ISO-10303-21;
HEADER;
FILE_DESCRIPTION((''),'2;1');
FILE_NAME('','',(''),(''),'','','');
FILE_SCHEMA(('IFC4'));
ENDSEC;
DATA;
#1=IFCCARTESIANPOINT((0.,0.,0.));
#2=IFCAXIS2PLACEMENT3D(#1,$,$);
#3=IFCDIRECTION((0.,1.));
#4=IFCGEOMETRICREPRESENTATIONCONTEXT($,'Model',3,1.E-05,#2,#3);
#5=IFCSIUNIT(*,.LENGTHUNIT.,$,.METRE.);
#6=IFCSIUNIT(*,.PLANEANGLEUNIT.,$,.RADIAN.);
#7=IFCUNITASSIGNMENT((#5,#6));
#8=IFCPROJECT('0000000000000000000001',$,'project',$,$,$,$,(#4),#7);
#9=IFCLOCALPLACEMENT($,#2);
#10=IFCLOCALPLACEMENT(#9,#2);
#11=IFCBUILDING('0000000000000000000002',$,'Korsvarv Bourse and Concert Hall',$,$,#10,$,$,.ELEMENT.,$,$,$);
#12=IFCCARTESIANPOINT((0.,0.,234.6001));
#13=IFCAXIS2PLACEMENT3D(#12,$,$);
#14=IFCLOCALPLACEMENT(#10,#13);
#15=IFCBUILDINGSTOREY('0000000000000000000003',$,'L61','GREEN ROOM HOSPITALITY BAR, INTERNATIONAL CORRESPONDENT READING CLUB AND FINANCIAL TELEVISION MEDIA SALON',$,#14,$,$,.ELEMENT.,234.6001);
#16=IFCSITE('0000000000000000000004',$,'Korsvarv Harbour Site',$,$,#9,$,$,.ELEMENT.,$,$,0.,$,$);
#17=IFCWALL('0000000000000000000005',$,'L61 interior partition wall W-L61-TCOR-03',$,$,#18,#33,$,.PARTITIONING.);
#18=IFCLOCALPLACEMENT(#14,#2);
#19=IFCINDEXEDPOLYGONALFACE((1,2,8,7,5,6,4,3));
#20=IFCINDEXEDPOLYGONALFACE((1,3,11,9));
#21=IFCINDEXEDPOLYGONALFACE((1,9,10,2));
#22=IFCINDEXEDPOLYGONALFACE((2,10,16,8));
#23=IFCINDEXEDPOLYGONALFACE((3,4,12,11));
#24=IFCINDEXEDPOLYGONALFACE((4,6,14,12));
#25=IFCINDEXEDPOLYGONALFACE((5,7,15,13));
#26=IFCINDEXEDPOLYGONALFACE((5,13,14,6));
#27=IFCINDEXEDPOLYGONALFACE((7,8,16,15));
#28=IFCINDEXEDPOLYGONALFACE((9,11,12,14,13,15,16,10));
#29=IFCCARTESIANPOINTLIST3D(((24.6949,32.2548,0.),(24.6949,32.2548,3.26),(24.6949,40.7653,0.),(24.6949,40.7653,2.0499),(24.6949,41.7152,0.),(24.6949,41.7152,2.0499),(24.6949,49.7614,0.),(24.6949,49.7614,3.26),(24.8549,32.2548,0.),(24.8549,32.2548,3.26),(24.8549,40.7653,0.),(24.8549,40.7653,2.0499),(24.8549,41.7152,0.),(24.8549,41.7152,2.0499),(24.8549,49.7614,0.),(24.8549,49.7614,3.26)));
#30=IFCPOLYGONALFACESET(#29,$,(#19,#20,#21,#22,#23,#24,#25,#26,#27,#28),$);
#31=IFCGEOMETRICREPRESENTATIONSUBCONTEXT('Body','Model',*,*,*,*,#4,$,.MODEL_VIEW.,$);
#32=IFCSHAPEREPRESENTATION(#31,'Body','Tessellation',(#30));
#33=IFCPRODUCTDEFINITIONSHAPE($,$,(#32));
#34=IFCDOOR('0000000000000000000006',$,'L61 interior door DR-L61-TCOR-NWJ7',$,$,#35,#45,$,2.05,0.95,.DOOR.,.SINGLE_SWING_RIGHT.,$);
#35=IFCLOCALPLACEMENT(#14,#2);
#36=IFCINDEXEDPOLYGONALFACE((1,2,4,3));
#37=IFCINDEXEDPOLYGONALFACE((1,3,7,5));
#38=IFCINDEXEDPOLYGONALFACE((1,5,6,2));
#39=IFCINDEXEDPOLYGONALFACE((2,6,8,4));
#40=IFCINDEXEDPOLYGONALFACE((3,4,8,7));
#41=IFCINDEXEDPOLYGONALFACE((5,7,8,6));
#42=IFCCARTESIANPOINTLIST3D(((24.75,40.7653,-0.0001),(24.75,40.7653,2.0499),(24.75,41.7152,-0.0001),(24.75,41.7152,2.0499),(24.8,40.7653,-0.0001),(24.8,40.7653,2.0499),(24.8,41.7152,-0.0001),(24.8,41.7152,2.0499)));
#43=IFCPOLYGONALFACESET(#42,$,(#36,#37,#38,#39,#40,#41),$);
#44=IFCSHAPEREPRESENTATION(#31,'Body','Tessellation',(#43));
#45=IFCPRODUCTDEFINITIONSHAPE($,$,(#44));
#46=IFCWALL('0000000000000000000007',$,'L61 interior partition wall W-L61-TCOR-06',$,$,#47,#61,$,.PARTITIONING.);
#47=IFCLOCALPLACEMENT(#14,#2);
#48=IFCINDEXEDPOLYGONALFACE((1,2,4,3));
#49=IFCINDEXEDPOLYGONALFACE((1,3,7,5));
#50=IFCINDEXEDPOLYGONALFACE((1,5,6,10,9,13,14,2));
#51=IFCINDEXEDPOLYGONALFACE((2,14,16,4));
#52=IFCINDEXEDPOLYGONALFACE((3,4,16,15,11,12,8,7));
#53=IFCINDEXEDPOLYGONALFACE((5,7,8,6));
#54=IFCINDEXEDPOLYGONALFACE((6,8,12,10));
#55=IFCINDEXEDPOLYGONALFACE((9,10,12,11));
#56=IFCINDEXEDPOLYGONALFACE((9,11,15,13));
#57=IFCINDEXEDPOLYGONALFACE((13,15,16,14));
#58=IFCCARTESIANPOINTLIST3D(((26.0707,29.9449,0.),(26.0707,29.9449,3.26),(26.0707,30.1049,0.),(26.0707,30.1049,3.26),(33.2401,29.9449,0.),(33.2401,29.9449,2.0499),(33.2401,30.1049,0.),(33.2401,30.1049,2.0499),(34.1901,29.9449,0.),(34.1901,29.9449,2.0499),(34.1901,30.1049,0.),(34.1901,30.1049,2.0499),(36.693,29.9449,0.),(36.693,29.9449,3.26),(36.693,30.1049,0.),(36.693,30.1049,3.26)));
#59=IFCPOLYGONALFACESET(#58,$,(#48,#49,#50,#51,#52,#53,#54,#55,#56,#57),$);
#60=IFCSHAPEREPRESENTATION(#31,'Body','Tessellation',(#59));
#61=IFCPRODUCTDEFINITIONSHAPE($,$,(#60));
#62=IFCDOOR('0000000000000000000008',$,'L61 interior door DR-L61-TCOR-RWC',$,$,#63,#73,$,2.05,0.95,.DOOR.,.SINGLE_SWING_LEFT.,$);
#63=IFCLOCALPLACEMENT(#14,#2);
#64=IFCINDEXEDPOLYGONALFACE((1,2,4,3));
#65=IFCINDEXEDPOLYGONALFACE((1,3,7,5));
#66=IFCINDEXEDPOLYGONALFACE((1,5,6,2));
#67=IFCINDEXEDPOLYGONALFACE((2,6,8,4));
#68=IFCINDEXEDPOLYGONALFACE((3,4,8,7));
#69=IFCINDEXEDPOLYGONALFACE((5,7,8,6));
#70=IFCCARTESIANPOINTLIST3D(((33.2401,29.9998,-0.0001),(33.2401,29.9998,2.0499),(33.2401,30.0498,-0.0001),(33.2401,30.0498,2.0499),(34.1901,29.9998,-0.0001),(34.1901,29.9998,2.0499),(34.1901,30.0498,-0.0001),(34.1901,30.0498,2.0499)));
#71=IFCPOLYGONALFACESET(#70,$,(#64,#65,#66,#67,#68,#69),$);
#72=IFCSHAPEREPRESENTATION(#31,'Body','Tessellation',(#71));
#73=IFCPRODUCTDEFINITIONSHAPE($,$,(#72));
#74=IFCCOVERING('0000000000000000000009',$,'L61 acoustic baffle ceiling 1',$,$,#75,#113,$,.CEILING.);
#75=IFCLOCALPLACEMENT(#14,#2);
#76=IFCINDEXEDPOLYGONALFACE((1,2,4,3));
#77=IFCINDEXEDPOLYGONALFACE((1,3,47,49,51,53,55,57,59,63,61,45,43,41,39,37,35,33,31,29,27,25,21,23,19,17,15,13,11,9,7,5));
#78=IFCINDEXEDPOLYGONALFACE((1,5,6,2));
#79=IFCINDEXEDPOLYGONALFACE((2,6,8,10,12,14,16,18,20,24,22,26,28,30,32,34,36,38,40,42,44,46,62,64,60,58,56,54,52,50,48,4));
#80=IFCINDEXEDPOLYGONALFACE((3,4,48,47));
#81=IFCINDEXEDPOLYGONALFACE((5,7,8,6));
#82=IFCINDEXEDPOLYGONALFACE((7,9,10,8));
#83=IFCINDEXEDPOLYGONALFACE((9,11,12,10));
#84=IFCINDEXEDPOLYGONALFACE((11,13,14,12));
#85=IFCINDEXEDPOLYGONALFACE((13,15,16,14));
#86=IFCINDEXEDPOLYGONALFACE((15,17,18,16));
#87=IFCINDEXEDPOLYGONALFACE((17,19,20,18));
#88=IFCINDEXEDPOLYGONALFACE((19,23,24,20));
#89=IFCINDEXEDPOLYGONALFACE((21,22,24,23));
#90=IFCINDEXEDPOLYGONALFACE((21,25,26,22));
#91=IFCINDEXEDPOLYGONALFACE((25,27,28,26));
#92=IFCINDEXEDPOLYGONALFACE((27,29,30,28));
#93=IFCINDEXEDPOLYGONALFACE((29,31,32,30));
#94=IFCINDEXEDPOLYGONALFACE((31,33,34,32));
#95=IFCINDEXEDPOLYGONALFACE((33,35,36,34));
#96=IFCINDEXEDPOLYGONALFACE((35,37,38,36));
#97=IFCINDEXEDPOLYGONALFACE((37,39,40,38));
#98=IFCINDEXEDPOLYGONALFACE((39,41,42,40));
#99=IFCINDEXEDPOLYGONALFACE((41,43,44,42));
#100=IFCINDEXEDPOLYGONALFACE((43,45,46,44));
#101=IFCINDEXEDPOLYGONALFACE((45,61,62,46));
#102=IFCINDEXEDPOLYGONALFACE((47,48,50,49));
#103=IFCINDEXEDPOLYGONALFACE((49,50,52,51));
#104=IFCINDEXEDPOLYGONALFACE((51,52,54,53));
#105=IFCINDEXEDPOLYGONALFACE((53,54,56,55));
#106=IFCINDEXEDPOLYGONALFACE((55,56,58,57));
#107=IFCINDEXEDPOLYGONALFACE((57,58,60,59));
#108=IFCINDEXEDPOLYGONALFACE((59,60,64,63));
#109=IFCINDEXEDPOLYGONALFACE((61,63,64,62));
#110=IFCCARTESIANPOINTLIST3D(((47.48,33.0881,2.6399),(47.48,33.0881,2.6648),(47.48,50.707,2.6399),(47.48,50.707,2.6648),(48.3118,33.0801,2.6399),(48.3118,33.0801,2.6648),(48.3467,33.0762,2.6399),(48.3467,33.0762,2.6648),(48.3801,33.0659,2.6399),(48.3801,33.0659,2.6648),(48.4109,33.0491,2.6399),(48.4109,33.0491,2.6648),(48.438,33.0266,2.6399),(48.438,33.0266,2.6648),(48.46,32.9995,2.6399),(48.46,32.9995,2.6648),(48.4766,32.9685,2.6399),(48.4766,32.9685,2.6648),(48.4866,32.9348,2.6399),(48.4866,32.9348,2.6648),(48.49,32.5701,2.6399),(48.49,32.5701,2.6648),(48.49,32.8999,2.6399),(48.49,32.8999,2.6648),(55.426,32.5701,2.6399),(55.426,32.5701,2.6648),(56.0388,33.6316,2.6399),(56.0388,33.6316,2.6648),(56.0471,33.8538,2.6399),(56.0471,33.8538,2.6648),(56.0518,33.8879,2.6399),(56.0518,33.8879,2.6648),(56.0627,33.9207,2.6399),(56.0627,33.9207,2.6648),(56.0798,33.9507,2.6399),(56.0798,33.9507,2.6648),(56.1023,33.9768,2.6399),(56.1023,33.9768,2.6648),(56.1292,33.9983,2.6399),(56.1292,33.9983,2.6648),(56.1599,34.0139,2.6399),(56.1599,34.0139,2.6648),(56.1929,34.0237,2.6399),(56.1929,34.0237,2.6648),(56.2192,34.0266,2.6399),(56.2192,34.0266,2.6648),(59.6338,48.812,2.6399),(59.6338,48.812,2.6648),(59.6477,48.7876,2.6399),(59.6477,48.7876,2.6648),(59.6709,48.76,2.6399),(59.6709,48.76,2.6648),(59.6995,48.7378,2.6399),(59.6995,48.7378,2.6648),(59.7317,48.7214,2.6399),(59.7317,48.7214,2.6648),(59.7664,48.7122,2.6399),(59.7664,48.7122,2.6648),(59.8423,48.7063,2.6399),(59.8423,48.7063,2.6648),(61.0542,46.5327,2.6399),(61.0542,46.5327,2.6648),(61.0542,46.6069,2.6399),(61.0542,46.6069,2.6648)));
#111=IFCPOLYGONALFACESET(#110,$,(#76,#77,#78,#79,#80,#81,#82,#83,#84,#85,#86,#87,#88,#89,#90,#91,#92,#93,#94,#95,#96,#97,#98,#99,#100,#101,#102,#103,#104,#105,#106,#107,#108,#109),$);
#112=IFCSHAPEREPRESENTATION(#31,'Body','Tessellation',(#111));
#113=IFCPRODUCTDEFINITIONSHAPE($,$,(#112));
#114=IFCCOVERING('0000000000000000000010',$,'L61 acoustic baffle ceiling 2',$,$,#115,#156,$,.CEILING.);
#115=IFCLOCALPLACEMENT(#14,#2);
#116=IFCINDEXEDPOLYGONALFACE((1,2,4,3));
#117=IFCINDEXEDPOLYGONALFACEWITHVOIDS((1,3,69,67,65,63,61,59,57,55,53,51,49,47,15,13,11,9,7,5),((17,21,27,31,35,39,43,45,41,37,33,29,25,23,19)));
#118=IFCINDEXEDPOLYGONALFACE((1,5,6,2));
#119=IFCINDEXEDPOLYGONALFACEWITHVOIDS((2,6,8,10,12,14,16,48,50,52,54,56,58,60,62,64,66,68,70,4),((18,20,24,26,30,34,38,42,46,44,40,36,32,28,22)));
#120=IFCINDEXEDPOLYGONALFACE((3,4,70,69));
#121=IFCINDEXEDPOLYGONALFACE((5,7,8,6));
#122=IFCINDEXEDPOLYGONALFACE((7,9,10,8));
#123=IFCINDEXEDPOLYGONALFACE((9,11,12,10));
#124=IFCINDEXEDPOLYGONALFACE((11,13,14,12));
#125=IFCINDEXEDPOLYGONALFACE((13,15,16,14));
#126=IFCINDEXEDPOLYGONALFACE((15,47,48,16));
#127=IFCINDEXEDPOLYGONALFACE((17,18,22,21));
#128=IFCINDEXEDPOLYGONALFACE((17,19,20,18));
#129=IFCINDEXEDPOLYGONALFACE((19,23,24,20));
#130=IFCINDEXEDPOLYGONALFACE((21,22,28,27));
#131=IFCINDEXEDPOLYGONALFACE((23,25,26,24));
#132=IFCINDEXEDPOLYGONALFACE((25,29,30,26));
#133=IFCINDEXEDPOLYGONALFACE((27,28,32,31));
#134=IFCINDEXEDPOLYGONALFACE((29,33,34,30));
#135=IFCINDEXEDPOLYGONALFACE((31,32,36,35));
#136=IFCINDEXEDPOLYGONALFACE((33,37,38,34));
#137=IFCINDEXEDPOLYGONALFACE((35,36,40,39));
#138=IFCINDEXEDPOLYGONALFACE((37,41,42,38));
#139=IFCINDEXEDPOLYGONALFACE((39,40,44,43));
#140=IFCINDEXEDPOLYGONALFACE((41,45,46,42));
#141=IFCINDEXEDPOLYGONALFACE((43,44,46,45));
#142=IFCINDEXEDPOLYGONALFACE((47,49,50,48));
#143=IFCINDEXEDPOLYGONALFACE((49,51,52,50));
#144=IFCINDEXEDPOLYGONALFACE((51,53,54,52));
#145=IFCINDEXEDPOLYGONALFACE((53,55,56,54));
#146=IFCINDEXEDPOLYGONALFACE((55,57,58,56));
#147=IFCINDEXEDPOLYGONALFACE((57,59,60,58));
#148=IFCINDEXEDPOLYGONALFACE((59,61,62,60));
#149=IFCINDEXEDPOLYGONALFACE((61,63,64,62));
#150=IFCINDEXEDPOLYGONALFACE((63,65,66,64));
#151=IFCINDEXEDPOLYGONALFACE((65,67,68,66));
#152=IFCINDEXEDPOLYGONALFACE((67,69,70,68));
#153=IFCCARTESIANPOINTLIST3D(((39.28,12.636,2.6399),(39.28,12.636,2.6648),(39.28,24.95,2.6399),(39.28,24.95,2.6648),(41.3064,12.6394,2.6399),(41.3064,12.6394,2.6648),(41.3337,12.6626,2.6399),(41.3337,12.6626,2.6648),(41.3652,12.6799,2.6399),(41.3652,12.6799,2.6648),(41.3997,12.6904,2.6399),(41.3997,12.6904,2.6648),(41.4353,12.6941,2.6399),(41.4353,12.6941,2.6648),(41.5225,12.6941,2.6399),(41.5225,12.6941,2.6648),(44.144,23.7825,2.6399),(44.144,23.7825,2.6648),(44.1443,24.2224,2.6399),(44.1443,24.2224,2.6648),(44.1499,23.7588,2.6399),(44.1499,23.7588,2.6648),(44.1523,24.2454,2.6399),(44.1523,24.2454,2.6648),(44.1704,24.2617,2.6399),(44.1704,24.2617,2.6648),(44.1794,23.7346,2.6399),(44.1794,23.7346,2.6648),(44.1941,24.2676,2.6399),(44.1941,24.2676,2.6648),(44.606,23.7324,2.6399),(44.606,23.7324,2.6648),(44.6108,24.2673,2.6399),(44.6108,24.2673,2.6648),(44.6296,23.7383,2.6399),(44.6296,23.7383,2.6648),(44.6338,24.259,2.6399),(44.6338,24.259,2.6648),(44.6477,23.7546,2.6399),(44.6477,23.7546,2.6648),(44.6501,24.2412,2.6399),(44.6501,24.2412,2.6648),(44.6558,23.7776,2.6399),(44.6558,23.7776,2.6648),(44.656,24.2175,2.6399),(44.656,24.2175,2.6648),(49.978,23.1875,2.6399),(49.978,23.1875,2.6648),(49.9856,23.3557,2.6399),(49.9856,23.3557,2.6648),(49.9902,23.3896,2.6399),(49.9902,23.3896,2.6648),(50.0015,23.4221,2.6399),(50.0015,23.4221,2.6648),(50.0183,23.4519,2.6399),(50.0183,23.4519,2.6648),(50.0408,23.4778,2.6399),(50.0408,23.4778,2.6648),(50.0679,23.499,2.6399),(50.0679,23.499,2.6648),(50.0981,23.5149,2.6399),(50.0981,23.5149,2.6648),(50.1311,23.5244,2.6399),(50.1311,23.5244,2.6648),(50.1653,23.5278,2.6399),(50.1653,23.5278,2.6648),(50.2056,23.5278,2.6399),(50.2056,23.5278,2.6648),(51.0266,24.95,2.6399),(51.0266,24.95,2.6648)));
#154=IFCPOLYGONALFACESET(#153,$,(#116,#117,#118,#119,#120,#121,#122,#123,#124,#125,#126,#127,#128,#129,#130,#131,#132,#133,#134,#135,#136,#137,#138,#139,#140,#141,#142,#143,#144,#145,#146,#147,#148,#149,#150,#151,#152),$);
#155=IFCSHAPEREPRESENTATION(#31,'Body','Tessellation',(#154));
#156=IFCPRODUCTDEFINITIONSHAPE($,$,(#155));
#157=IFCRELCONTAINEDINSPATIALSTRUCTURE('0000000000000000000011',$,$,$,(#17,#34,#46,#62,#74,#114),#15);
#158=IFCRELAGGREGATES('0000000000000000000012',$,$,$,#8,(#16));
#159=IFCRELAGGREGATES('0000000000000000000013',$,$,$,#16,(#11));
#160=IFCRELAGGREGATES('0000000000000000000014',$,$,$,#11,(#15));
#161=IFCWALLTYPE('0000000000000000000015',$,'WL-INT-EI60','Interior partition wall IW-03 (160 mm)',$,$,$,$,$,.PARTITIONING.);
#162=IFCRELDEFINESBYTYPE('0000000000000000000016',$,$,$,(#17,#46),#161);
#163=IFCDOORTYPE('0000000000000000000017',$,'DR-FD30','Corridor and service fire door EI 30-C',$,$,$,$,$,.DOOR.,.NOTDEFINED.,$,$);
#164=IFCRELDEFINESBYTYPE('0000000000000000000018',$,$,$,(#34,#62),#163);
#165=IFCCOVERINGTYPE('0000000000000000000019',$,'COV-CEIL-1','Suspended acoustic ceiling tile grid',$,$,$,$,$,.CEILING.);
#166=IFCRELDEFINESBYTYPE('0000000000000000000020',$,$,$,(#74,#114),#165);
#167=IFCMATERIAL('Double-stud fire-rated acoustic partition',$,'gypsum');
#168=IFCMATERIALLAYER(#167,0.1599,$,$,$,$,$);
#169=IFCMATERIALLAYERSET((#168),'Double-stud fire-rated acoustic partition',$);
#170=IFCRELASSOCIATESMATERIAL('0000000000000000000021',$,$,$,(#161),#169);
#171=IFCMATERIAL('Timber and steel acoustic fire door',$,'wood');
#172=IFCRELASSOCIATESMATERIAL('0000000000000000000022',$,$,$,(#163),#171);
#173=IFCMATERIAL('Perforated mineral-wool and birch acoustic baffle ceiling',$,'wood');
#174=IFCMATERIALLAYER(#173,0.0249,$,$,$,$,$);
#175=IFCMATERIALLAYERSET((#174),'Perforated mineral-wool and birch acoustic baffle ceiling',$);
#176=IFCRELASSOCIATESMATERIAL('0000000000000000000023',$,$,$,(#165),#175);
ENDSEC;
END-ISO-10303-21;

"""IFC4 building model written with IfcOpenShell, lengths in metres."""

from ifc_helpers import new_model, si_unit, direction, frame, frame_2d, origin, place, context, subcontext, project, spatial, polyline, rectangle, outline, extrude, material, layer, layer_set, type_object, element, fill, save


model = new_model("IFC4")

# Units and contexts
model_context = context("Model", 3, precision=1e-05, world=origin(), true_north=direction((0.0, 1.0)))
body_context = subcontext(model_context, "Body", "Model", "MODEL_VIEW")
ifc_project = project(units=[si_unit("LENGTHUNIT", "METRE"), si_unit("PLANEANGLEUNIT", "RADIAN")], contexts=[model_context])

# Site, building, storey
site_placement = place(None, origin())
site = spatial("IfcSite", under=ifc_project, at=site_placement, Name="Korsvarv Harbour Site", CompositionType="ELEMENT", RefElevation=0.0)
building_placement = place(site_placement, origin())
building = spatial("IfcBuilding", under=site, at=building_placement, Name="Korsvarv Bourse and Concert Hall", CompositionType="ELEMENT")
storey_placement = place(building_placement, frame((0.0, 0.0, 234.6001)))
storey = spatial("IfcBuildingStorey", under=building, at=storey_placement, Name="L61", Description="GREEN ROOM HOSPITALITY BAR, INTERNATIONAL CORRESPONDENT READING CLUB AND FINANCIAL TELEVISION MEDIA SALON", CompositionType="ELEMENT", Elevation=234.6001)

# Walls, openings, doors
ifc_material_1 = material(Name="Double-stud fire-rated acoustic partition", Category="gypsum")
ifc_layer_1 = layer(ifc_material_1, 0.1599)
ifc_layer_set_1 = layer_set([ifc_layer_1], Name="Double-stud fire-rated acoustic partition")
wall_type = type_object("IfcWallType", Name="WL-INT-EI60", Description="Interior partition wall IW-03 (160 mm)", PredefinedType="PARTITIONING", material=ifc_layer_set_1)
wall_1_placement = place(storey_placement, frame((24.7749, 32.2546, 0.0), z_axis=(0.0, 0.0, 1.0), x_axis=(0.0, 1.0, 0.0)))
wall_1 = element("IfcWall", 1, at=wall_1_placement, inside=storey, type_object=wall_type, Name="L61 interior partition wall W-L61-TCOR-03", PredefinedType="PARTITIONING", context=body_context, shape_type="SweptSolid", body=[
    extrude(rectangle(XDim=17.5066, YDim=0.1599, at=frame_2d((8.7534, 0.0))), origin(), (0.0, 0.0, 1.0), 3.26),
])
opening_1_placement = place(wall_1_placement, frame((8.5105, 0.0, 0.0)))
opening_1 = element("IfcOpeningElement", 2, at=opening_1_placement, cuts=wall_1, PredefinedType="OPENING", context=body_context, shape_type="SweptSolid", body=[
    extrude(rectangle(XDim=0.95, YDim=2.05, at=frame_2d((0.4751, 1.0249))), frame((0.0, 0.0898, 0.0), z_axis=(0.0, -1.0, 0.0), x_axis=(1.0, 0.0, 0.0)), (0.0, 0.0, 1.0), 0.1799),
])
ifc_material_2 = material(Name="Timber and steel acoustic fire door", Category="wood")
door_type = type_object("IfcDoorType", Name="DR-FD30", Description="Corridor and service fire door EI 30-C", OperationType="NOTDEFINED", PredefinedType="DOOR", material=ifc_material_2)
door_1_placement = place(opening_1_placement, origin())
door_1 = element("IfcDoor", 3, at=door_1_placement, inside=storey, type_object=door_type, Name="L61 interior door DR-L61-TCOR-NWJ7", OperationType="SINGLE_SWING_RIGHT", OverallHeight=2.05, OverallWidth=0.95, PredefinedType="DOOR", context=body_context, shape_type="SweptSolid", body=[
    extrude(rectangle(XDim=0.95, YDim=2.05, at=frame_2d((0.4751, 1.0249))), frame((0.0, 0.0249, 0.0), z_axis=(0.0, -1.0, 0.0), x_axis=(1.0, 0.0, 0.0)), (0.0, 0.0, 1.0), 0.05),
])
fill(opening_1, door_1)
wall_2_placement = place(storey_placement, frame((26.0708, 30.0249, 0.0), z_axis=(0.0, 0.0, 1.0), x_axis=(1.0, 0.0, 0.0)))
wall_2 = element("IfcWall", 4, at=wall_2_placement, inside=storey, type_object=wall_type, Name="L61 interior partition wall W-L61-TCOR-06", PredefinedType="PARTITIONING", context=body_context, shape_type="SweptSolid", body=[
    extrude(rectangle(XDim=10.6223, YDim=0.1599, at=frame_2d((5.311, 0.0))), origin(), (0.0, 0.0, 1.0), 3.26),
])
opening_2_placement = place(wall_2_placement, frame((7.1692, 0.0, 0.0)))
opening_2 = element("IfcOpeningElement", 5, at=opening_2_placement, cuts=wall_2, PredefinedType="OPENING", context=body_context, shape_type="SweptSolid", body=[
    extrude(rectangle(XDim=0.95, YDim=2.05, at=frame_2d((0.4751, 1.0249))), frame((0.0, 0.0898, 0.0), z_axis=(0.0, -1.0, 0.0), x_axis=(1.0, 0.0, 0.0)), (0.0, 0.0, 1.0), 0.1799),
])
door_2_placement = place(opening_2_placement, origin())
door_2 = element("IfcDoor", 6, at=door_2_placement, inside=storey, type_object=door_type, Name="L61 interior door DR-L61-TCOR-RWC", OperationType="SINGLE_SWING_LEFT", OverallHeight=2.05, OverallWidth=0.95, PredefinedType="DOOR", context=body_context, shape_type="SweptSolid", body=[
    extrude(rectangle(XDim=0.95, YDim=2.05, at=frame_2d((0.4751, 1.0249))), frame((0.0, 0.0249, 0.0), z_axis=(0.0, -1.0, 0.0), x_axis=(1.0, 0.0, 0.0)), (0.0, 0.0, 1.0), 0.05),
])
fill(opening_2, door_2)

# Coverings
ifc_material_3 = material(Name="Perforated mineral-wool and birch acoustic baffle ceiling", Category="wood")
ifc_layer_2 = layer(ifc_material_3, 0.0249)
ifc_layer_set_2 = layer_set([ifc_layer_2], Name="Perforated mineral-wool and birch acoustic baffle ceiling")
covering_type_1 = type_object("IfcCoveringType", Name="COV-CEIL-1", Description="Suspended acoustic ceiling tile grid", PredefinedType="CEILING", material=ifc_layer_set_2)
covering_1_placement = place(storey_placement, frame((0.0, 0.0, 2.6399)))
element("IfcCovering", 7, at=covering_1_placement, inside=storey, type_object=covering_type_1, Name="L61 acoustic baffle ceiling 1", PredefinedType="CEILING", context=body_context, shape_type="SweptSolid", body=[
    extrude(outline(polyline([(48.49, 32.5701), (48.49, 32.8999), (48.4866, 32.9348), (48.4766, 32.9685), (48.46, 32.9995), (48.438, 33.0266), (48.4109, 33.0491), (48.3801, 33.0659), (48.3467, 33.0762), (48.3118, 33.0801), (47.48, 33.0881), (47.48, 50.707), (59.6338, 48.812), (59.6477, 48.7876), (59.6709, 48.76), (59.6995, 48.7378), (59.7317, 48.7214), (59.7664, 48.7122), (59.8423, 48.7063), (61.0542, 46.6069), (61.0542, 46.5327), (56.2192, 34.0266), (56.1929, 34.0237), (56.1599, 34.0139), (56.1292, 33.9983), (56.1023, 33.9768), (56.0798, 33.9507), (56.0627, 33.9207), (56.0518, 33.8879), (56.0471, 33.8538), (56.0388, 33.6316), (55.426, 32.5701), (48.49, 32.5701)])), origin(), (0.0, 0.0, 1.0), 0.0249),
])
covering_2_placement = place(storey_placement, frame((0.0, 0.0, 2.6399)))
element("IfcCovering", 8, at=covering_2_placement, inside=storey, type_object=covering_type_1, Name="L61 acoustic baffle ceiling 2", PredefinedType="CEILING", context=body_context, shape_type="SweptSolid", body=[
    extrude(outline(polyline([(51.0266, 24.95), (50.2056, 23.5278), (50.1653, 23.5278), (50.1311, 23.5244), (50.0981, 23.5149), (50.0679, 23.499), (50.0408, 23.4778), (50.0183, 23.4519), (50.0015, 23.4221), (49.9902, 23.3896), (49.9856, 23.3557), (49.978, 23.1875), (41.5225, 12.6941), (41.4353, 12.6941), (41.3997, 12.6904), (41.3652, 12.6799), (41.3337, 12.6626), (41.3064, 12.6394), (39.28, 12.636), (39.28, 24.95), (51.0266, 24.95)]), holes=[polyline([(44.1794, 23.7346), (44.606, 23.7324), (44.6296, 23.7383), (44.6477, 23.7546), (44.6558, 23.7776), (44.656, 24.2175), (44.6501, 24.2412), (44.6338, 24.259), (44.6108, 24.2673), (44.1941, 24.2676), (44.1704, 24.2617), (44.1523, 24.2454), (44.1443, 24.2224), (44.144, 23.7825), (44.1499, 23.7588), (44.1794, 23.7346)])]), origin(), (0.0, 0.0, 1.0), 0.0249),
])

save(model, "model.ifc")
